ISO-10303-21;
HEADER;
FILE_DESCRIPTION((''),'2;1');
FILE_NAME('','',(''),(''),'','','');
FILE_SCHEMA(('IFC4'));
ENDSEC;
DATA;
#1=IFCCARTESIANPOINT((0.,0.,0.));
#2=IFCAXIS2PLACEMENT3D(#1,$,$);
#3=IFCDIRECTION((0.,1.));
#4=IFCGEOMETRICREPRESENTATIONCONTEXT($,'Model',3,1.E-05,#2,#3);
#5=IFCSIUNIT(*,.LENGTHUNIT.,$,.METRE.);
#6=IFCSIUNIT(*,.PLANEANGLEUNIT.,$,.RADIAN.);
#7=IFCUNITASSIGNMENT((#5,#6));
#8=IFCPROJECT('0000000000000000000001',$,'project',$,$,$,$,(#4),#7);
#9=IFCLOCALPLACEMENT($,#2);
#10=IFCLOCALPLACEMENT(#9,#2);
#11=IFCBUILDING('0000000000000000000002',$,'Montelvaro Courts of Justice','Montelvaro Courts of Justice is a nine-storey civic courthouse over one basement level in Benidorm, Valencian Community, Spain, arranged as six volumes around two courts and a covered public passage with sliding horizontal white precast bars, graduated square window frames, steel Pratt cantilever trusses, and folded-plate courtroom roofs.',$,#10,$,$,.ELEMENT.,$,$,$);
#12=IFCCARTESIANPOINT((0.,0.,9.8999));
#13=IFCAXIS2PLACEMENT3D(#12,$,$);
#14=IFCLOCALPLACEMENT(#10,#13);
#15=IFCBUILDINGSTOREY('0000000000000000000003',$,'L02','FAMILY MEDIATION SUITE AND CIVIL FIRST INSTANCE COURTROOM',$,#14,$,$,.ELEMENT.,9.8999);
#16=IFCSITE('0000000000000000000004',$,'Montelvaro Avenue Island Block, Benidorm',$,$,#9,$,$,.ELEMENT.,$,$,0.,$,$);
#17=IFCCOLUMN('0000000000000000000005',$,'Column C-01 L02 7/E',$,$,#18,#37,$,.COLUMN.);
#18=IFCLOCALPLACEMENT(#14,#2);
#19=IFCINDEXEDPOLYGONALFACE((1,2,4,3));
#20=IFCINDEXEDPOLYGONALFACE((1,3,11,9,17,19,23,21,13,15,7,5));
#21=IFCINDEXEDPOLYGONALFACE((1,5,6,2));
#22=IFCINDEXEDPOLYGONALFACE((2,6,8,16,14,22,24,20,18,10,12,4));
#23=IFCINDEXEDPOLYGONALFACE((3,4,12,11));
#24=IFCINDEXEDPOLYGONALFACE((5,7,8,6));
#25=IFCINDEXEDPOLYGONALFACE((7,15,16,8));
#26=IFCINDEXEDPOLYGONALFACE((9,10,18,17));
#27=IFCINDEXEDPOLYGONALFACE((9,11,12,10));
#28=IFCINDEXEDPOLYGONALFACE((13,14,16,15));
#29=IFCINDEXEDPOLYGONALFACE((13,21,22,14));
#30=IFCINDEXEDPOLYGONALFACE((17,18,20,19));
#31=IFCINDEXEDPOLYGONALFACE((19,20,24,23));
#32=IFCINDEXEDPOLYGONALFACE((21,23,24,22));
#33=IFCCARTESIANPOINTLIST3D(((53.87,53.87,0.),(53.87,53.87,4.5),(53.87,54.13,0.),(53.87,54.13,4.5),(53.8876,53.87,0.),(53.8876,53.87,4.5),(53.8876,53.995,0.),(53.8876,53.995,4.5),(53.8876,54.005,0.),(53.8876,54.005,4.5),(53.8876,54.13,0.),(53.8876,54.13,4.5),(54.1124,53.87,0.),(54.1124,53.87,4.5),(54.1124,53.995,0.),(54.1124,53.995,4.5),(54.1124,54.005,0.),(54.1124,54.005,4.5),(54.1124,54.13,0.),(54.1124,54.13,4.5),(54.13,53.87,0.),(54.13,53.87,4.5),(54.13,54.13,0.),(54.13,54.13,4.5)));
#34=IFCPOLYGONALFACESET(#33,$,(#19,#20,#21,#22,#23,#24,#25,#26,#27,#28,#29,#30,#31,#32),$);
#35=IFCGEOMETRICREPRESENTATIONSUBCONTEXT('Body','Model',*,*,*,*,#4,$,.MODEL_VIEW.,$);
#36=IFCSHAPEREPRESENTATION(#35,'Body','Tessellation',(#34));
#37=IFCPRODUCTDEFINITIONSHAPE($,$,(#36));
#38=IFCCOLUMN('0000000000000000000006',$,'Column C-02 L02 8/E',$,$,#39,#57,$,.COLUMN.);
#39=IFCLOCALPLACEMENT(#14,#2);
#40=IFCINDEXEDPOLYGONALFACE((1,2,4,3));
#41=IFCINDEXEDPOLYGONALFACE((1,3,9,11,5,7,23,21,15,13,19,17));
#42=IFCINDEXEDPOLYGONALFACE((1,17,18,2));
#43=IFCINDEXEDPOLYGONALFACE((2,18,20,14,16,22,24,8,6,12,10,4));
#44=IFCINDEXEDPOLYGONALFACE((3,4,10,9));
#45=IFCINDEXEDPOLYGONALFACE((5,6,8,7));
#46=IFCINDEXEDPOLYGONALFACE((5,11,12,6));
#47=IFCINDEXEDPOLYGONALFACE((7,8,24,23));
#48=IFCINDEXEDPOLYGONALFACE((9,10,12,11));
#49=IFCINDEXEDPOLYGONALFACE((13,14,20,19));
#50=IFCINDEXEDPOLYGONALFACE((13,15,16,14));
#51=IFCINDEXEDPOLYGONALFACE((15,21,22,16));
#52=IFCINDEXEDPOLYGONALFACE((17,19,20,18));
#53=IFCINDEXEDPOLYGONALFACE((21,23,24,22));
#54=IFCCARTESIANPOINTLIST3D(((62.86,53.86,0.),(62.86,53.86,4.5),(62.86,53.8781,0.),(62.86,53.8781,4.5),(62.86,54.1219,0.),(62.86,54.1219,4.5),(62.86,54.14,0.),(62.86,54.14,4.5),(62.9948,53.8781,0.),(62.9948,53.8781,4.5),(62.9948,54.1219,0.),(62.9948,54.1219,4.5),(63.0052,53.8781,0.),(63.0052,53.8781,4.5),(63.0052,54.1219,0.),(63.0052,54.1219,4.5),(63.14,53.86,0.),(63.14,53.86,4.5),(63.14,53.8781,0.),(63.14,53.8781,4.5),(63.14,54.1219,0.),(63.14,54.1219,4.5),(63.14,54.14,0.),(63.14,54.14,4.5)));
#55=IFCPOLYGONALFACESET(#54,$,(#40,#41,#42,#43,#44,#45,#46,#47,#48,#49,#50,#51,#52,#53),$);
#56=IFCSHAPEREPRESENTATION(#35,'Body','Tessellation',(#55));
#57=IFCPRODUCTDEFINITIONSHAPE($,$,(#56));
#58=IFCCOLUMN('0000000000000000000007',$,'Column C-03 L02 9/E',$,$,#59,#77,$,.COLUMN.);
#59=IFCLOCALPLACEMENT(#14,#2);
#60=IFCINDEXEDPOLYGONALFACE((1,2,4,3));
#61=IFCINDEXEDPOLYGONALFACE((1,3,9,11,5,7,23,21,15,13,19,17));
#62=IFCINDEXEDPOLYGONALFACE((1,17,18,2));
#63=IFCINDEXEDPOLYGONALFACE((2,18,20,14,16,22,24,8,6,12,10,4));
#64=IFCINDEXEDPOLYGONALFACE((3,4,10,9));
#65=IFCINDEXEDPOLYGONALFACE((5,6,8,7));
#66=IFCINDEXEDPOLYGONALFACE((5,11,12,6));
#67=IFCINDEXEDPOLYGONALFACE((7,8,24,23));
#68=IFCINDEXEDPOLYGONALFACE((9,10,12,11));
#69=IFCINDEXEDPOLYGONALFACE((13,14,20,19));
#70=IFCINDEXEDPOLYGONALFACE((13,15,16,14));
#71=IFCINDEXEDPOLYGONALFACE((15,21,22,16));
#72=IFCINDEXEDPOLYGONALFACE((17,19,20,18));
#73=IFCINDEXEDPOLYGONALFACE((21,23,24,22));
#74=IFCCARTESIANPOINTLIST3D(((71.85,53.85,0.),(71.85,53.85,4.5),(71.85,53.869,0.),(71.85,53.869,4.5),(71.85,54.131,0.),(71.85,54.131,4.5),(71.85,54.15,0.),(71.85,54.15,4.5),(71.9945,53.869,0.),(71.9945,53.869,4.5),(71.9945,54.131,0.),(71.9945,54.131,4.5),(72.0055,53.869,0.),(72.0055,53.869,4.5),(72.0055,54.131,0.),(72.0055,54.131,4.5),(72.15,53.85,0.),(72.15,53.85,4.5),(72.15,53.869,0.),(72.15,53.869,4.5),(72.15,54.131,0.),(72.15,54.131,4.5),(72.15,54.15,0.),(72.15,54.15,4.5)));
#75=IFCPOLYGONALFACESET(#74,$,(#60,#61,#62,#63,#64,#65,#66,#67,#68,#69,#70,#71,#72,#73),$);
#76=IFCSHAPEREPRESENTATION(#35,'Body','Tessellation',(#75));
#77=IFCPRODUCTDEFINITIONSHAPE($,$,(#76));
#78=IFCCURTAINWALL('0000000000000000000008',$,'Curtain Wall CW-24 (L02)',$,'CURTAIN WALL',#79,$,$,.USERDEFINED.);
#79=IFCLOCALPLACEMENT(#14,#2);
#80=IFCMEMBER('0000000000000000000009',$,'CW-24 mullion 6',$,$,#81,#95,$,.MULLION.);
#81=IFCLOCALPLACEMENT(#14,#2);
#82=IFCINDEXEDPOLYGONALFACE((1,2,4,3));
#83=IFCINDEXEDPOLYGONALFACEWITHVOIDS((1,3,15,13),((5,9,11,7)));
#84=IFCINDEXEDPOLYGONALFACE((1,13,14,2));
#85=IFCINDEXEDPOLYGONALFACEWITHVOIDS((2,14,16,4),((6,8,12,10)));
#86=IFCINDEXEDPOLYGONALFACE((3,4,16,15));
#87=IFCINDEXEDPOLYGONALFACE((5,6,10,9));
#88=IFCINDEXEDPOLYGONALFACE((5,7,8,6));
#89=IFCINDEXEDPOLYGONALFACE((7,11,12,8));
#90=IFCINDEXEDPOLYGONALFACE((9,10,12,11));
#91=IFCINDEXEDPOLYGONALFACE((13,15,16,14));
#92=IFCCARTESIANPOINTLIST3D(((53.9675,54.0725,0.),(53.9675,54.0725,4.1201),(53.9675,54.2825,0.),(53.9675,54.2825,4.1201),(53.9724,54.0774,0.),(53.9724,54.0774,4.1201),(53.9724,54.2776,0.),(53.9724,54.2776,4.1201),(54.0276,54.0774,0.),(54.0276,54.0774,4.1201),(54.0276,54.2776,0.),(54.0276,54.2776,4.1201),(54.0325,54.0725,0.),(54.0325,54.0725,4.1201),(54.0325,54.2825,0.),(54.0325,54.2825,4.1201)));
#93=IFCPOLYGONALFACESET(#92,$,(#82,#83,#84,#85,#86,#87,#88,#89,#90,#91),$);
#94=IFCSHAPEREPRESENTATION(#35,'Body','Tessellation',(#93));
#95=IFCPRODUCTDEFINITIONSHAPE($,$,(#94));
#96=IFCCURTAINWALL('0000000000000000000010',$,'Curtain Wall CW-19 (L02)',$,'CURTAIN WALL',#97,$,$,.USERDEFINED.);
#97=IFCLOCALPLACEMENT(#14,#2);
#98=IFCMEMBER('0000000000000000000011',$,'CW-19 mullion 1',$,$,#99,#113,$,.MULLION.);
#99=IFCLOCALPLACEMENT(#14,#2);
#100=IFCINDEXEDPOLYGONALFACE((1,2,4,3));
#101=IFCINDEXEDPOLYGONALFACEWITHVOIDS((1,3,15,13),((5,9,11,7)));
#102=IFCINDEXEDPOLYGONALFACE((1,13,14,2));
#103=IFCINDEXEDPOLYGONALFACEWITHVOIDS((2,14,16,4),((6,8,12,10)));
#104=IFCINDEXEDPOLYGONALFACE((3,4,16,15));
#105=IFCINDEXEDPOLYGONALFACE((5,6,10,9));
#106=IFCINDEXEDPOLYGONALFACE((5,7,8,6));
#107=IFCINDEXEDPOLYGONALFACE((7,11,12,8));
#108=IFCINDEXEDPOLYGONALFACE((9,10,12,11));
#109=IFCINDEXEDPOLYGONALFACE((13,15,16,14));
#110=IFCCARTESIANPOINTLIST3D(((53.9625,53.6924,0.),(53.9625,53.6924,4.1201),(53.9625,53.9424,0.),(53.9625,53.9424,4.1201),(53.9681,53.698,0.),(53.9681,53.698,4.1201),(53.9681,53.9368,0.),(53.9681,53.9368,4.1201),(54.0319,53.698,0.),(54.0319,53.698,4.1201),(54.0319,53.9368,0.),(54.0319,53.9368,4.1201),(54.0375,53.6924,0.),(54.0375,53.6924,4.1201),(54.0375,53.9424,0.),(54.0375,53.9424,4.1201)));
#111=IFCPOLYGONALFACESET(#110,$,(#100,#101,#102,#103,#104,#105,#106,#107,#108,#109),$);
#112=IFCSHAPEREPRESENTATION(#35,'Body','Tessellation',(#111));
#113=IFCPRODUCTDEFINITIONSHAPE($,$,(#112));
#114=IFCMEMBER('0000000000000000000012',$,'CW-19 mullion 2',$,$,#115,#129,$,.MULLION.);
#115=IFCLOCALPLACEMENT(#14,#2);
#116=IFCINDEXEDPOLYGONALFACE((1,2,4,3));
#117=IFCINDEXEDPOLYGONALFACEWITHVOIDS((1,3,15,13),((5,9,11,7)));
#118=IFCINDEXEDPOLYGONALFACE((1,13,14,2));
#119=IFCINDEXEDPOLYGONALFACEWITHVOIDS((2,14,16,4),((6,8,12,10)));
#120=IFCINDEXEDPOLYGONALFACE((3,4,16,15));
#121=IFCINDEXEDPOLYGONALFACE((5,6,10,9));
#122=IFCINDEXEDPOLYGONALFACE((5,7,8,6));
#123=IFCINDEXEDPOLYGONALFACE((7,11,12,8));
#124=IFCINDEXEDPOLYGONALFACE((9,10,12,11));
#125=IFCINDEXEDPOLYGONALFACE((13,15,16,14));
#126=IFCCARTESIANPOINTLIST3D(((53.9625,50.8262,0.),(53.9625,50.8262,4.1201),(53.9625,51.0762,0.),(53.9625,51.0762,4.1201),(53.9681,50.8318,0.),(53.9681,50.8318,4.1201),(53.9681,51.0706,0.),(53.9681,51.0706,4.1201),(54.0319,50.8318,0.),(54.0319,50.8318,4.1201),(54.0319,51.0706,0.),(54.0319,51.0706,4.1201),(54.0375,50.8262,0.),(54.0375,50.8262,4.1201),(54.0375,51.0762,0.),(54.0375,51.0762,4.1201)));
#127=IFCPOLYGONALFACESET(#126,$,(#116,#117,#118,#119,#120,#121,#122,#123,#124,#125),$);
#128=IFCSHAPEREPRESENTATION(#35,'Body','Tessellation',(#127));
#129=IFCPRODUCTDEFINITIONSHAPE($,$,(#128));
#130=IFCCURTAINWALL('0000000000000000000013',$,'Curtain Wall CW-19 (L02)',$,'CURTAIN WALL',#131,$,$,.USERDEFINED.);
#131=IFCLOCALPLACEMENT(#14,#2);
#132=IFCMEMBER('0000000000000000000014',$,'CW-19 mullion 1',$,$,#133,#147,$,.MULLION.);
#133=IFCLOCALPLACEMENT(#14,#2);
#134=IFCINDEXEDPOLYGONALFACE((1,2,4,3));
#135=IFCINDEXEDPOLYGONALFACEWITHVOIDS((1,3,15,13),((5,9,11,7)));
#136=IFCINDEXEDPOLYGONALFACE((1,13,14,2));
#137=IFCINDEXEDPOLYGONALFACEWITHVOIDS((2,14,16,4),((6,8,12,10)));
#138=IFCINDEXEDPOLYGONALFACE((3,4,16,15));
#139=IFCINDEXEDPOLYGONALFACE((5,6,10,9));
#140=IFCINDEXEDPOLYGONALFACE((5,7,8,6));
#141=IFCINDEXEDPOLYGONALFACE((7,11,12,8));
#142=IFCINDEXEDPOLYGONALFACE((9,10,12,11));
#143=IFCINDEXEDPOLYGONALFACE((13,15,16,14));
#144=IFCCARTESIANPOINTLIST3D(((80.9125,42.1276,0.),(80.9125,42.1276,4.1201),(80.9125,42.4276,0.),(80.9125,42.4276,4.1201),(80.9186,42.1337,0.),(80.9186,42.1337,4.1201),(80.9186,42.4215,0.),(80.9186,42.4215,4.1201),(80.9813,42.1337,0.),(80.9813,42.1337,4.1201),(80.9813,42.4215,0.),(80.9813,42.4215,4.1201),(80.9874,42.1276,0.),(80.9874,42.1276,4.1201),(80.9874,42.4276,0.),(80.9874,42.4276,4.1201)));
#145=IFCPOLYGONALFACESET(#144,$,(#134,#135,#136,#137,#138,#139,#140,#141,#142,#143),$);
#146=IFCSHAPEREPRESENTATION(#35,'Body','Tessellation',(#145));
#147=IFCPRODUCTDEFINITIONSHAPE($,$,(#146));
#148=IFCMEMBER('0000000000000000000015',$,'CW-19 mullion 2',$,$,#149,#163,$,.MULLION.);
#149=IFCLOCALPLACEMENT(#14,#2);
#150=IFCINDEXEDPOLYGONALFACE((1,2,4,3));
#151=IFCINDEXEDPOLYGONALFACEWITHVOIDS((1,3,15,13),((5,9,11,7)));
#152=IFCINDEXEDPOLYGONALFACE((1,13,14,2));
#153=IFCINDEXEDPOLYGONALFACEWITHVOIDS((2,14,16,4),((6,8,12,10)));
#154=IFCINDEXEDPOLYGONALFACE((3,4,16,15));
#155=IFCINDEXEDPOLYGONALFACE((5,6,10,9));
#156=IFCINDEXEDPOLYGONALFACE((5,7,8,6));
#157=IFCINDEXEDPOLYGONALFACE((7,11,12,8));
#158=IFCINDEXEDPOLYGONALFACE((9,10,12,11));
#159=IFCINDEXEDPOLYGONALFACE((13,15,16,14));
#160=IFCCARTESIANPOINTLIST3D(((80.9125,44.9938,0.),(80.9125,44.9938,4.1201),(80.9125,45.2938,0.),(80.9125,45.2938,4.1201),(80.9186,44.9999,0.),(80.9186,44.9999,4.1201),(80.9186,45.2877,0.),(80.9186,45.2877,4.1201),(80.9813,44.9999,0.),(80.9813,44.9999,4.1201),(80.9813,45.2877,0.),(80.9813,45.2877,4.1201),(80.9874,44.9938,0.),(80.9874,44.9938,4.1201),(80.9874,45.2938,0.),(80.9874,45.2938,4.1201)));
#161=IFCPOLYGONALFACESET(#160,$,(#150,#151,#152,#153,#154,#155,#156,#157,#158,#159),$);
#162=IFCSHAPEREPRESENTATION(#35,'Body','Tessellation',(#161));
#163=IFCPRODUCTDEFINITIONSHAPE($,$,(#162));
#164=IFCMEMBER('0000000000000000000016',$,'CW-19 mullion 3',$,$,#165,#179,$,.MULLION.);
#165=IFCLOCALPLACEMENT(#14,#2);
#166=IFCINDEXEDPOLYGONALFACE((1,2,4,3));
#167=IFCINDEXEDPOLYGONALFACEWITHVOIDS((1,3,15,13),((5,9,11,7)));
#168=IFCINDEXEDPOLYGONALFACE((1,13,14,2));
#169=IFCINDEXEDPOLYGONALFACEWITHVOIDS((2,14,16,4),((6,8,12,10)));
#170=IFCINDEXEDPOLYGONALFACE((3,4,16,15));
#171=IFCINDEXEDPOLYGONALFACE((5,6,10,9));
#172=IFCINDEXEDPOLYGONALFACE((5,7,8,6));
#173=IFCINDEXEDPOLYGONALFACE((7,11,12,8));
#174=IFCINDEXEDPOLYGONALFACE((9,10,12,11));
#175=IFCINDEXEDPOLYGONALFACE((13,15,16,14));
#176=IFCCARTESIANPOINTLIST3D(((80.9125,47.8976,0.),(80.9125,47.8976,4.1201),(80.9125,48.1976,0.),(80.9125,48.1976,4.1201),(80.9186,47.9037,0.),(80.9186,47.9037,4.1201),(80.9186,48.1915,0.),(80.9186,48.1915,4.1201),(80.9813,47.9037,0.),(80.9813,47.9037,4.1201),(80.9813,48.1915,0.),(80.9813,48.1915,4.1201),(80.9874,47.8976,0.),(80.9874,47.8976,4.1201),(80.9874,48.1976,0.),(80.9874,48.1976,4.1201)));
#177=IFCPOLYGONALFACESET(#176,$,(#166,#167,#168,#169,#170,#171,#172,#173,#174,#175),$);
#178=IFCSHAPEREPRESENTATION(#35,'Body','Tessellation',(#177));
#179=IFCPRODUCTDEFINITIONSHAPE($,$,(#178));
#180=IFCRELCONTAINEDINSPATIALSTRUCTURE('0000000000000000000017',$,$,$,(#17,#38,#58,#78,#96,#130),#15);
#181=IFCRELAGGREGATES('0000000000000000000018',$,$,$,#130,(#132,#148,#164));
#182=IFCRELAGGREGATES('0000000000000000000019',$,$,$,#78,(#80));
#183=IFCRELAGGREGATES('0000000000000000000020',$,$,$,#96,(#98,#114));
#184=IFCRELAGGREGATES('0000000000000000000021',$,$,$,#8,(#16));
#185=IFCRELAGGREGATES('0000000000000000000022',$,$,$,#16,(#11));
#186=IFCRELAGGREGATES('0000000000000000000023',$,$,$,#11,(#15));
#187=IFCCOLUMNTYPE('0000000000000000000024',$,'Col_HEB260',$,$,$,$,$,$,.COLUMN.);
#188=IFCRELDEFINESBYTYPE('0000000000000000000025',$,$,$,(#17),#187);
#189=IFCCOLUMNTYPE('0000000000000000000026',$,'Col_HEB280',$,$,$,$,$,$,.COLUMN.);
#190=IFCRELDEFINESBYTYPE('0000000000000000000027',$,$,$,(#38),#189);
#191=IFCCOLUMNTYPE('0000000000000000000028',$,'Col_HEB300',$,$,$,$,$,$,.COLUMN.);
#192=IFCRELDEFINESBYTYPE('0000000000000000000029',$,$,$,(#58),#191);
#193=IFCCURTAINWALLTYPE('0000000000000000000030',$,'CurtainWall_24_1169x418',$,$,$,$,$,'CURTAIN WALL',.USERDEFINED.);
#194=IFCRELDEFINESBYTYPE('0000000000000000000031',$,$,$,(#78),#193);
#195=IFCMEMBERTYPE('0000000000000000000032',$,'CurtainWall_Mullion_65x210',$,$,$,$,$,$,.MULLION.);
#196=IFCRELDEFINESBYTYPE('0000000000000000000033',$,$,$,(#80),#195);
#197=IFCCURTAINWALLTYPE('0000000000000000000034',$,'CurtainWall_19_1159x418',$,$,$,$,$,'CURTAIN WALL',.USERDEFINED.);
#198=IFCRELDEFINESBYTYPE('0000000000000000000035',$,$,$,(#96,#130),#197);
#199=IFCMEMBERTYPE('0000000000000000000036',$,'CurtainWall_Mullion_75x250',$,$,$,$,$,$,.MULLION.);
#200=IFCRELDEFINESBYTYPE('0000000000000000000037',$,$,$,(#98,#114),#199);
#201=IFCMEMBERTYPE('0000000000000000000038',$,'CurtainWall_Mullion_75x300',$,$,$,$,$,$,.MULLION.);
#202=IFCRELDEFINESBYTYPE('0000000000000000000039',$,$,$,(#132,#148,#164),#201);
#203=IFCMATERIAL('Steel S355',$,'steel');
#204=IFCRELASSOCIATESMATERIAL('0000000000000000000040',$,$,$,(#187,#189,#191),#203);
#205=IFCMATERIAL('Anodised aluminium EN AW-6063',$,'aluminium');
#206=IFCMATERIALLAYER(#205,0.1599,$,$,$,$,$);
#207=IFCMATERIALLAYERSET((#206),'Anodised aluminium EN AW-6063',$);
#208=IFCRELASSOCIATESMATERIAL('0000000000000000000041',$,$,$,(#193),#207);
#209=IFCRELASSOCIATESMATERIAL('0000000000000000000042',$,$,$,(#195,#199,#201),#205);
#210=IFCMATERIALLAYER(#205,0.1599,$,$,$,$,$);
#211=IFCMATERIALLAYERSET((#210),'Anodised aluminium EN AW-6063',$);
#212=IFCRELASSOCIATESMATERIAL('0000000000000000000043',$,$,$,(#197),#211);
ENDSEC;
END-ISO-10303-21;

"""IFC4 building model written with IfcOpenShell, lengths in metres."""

from ifc_helpers import new_model, si_unit, direction, frame, origin, origin_2d, place, context, subcontext, project, spatial, hollow_rectangle, i_section, extrude, material, layer, layer_set, material_profile, profile_set, type_object, element, aggregate, save


model = new_model("IFC4")

# Units and contexts
model_context = context("Model", 3, precision=1e-05, world=origin(), true_north=direction((0.0, 1.0)))
body_context = subcontext(model_context, "Body", "Model", "MODEL_VIEW")
ifc_project = project(units=[si_unit("LENGTHUNIT", "METRE"), si_unit("PLANEANGLEUNIT", "RADIAN")], contexts=[model_context])

# Site, building, storey
site_placement = place(None, origin())
site = spatial("IfcSite", under=ifc_project, at=site_placement, Name="Montelvaro Avenue Island Block, Benidorm", CompositionType="ELEMENT", RefElevation=0.0)
building_placement = place(site_placement, origin())
building = spatial("IfcBuilding", under=site, at=building_placement, Name="Montelvaro Courts of Justice", Description="Montelvaro Courts of Justice is a nine-storey civic courthouse over one basement level in Benidorm, Valencian Community, Spain, arranged as six volumes around two courts and a covered public passage with sliding horizontal white precast bars, graduated square window frames, steel Pratt cantilever trusses, and folded-plate courtroom roofs.", CompositionType="ELEMENT")
storey_placement = place(building_placement, frame((0.0, 0.0, 9.8999)))
storey = spatial("IfcBuildingStorey", under=building, at=storey_placement, Name="L02", Description="FAMILY MEDIATION SUITE AND CIVIL FIRST INSTANCE COURTROOM", CompositionType="ELEMENT", Elevation=9.8999)

# Columns
ifc_material_1 = material(Name="Steel S355", Category="steel")
ifc_material_profile_1 = material_profile(ifc_material_1, i_section(OverallWidth=0.26, OverallDepth=0.26, WebThickness=0.01, FlangeThickness=0.0176, at=origin_2d()), Name="HEB 260")
ifc_profile_set_1 = profile_set([ifc_material_profile_1], Name="Steel S355")
column_type_1 = type_object("IfcColumnType", Name="Col_HEB260", PredefinedType="COLUMN", material=ifc_profile_set_1)
column_1_placement = place(storey_placement, frame((54.0, 54.0, 0.0), z_axis=(0.0, 0.0, 1.0), x_axis=(0.0, 1.0, 0.0)))
element("IfcColumn", 1, at=column_1_placement, inside=storey, type_object=column_type_1, Name="Column C-01 L02 7/E", PredefinedType="COLUMN", context=body_context, shape_type="SweptSolid", body=[
    extrude(i_section(OverallWidth=0.26, OverallDepth=0.26, WebThickness=0.01, FlangeThickness=0.0176, at=origin_2d()), origin(), (0.0, 0.0, 1.0), 4.5),
])
ifc_material_profile_2 = material_profile(ifc_material_1, i_section(OverallWidth=0.28, OverallDepth=0.28, WebThickness=0.0105, FlangeThickness=0.0181, at=origin_2d()), Name="HEB 280")
ifc_profile_set_2 = profile_set([ifc_material_profile_2], Name="Steel S355")
column_type_2 = type_object("IfcColumnType", Name="Col_HEB280", PredefinedType="COLUMN", material=ifc_profile_set_2)
column_2_placement = place(storey_placement, frame((63.0, 54.0, 0.0), z_axis=(0.0, 0.0, 1.0), x_axis=(1.0, 0.0, 0.0)))
element("IfcColumn", 2, at=column_2_placement, inside=storey, type_object=column_type_2, Name="Column C-02 L02 8/E", PredefinedType="COLUMN", context=body_context, shape_type="SweptSolid", body=[
    extrude(i_section(OverallWidth=0.28, OverallDepth=0.28, WebThickness=0.0105, FlangeThickness=0.0181, at=origin_2d()), origin(), (0.0, 0.0, 1.0), 4.5),
])
ifc_material_profile_3 = material_profile(ifc_material_1, i_section(OverallWidth=0.3, OverallDepth=0.3, WebThickness=0.011, FlangeThickness=0.019, at=origin_2d()), Name="HEB 300")
ifc_profile_set_3 = profile_set([ifc_material_profile_3], Name="Steel S355")
column_type_3 = type_object("IfcColumnType", Name="Col_HEB300", PredefinedType="COLUMN", material=ifc_profile_set_3)
column_3_placement = place(storey_placement, frame((72.0, 54.0, 0.0), z_axis=(0.0, 0.0, 1.0), x_axis=(1.0, 0.0, 0.0)))
element("IfcColumn", 3, at=column_3_placement, inside=storey, type_object=column_type_3, Name="Column C-03 L02 9/E", PredefinedType="COLUMN", context=body_context, shape_type="SweptSolid", body=[
    extrude(i_section(OverallWidth=0.3, OverallDepth=0.3, WebThickness=0.011, FlangeThickness=0.019, at=origin_2d()), origin(), (0.0, 0.0, 1.0), 4.5),
])

# Curtain wall, member
ifc_material_2 = material(Name="Anodised aluminium EN AW-6063", Category="aluminium")
ifc_layer_1 = layer(ifc_material_2, 0.1599)
ifc_layer_set_1 = layer_set([ifc_layer_1], Name="Anodised aluminium EN AW-6063")
curtain_wall_type_1 = type_object("IfcCurtainWallType", Name="CurtainWall_24_1169x418", ElementType="CURTAIN WALL", PredefinedType="USERDEFINED", material=ifc_layer_set_1)
curtain_wall_1_placement = place(storey_placement, origin())
curtain_wall_1 = element("IfcCurtainWall", 4, at=curtain_wall_1_placement, inside=storey, type_object=curtain_wall_type_1, Name="Curtain Wall CW-24 (L02)", ObjectType="CURTAIN WALL", PredefinedType="USERDEFINED")
ifc_material_profile_4 = material_profile(ifc_material_2, hollow_rectangle(XDim=0.0649, YDim=0.21, WallThickness=0.0049, at=origin_2d()), Name="ALU-M 65x210")
ifc_profile_set_4 = profile_set([ifc_material_profile_4], Name="Anodised aluminium EN AW-6063")
member_type_1 = type_object("IfcMemberType", Name="CurtainWall_Mullion_65x210", PredefinedType="MULLION", material=ifc_profile_set_4)
member_1_placement = place(storey_placement, frame((54.0, 54.1775, 0.0), z_axis=(0.0, 0.0, 1.0), x_axis=(1.0, 0.0, 0.0)))
member_1 = element("IfcMember", 5, at=member_1_placement, type_object=member_type_1, Name="CW-24 mullion 6", PredefinedType="MULLION", context=body_context, shape_type="SweptSolid", body=[
    extrude(hollow_rectangle(XDim=0.0649, YDim=0.21, WallThickness=0.0049, at=origin_2d()), origin(), (0.0, 0.0, 1.0), 4.1201),
])

# Curtain walls, members
ifc_layer_2 = layer(ifc_material_2, 0.1599)
ifc_layer_set_2 = layer_set([ifc_layer_2], Name="Anodised aluminium EN AW-6063")
curtain_wall_type_2 = type_object("IfcCurtainWallType", Name="CurtainWall_19_1159x418", ElementType="CURTAIN WALL", PredefinedType="USERDEFINED", material=ifc_layer_set_2)
curtain_wall_2_placement = place(storey_placement, origin())
curtain_wall_2 = element("IfcCurtainWall", 6, at=curtain_wall_2_placement, inside=storey, type_object=curtain_wall_type_2, Name="Curtain Wall CW-19 (L02)", ObjectType="CURTAIN WALL", PredefinedType="USERDEFINED")
ifc_material_profile_5 = material_profile(ifc_material_2, hollow_rectangle(XDim=0.075, YDim=0.25, WallThickness=0.0056, at=origin_2d()), Name="ALU-M 75x250")
ifc_profile_set_5 = profile_set([ifc_material_profile_5], Name="Anodised aluminium EN AW-6063")
member_type_2 = type_object("IfcMemberType", Name="CurtainWall_Mullion_75x250", PredefinedType="MULLION", material=ifc_profile_set_5)
member_2_placement = place(storey_placement, frame((54.0, 53.8174, 0.0), z_axis=(0.0, 0.0, 1.0), x_axis=(1.0, 0.0, 0.0)))
member_2 = element("IfcMember", 7, at=member_2_placement, type_object=member_type_2, Name="CW-19 mullion 1", PredefinedType="MULLION", context=body_context, shape_type="SweptSolid", body=[
    extrude(hollow_rectangle(XDim=0.075, YDim=0.25, WallThickness=0.0056, at=origin_2d()), origin(), (0.0, 0.0, 1.0), 4.1201),
])
member_3_placement = place(storey_placement, frame((54.0, 50.9512, 0.0), z_axis=(0.0, 0.0, 1.0), x_axis=(1.0, 0.0, 0.0)))
member_3 = element("IfcMember", 8, at=member_3_placement, type_object=member_type_2, Name="CW-19 mullion 2", PredefinedType="MULLION", context=body_context, shape_type="SweptSolid", body=[
    extrude(hollow_rectangle(XDim=0.075, YDim=0.25, WallThickness=0.0056, at=origin_2d()), origin(), (0.0, 0.0, 1.0), 4.1201),
])
curtain_wall_3_placement = place(storey_placement, origin())
curtain_wall_3 = element("IfcCurtainWall", 9, at=curtain_wall_3_placement, inside=storey, type_object=curtain_wall_type_2, Name="Curtain Wall CW-19 (L02)", ObjectType="CURTAIN WALL", PredefinedType="USERDEFINED")
ifc_material_profile_6 = material_profile(ifc_material_2, hollow_rectangle(XDim=0.075, YDim=0.3, WallThickness=0.0061, at=origin_2d()), Name="ALU-M 75x300")
ifc_profile_set_6 = profile_set([ifc_material_profile_6], Name="Anodised aluminium EN AW-6063")
member_type_3 = type_object("IfcMemberType", Name="CurtainWall_Mullion_75x300", PredefinedType="MULLION", material=ifc_profile_set_6)
member_4_placement = place(storey_placement, frame((80.95, 42.2776, 0.0), z_axis=(0.0, 0.0, 1.0), x_axis=(-1.0, 0.0, 0.0)))
member_4 = element("IfcMember", 10, at=member_4_placement, type_object=member_type_3, Name="CW-19 mullion 1", PredefinedType="MULLION", context=body_context, shape_type="SweptSolid", body=[
    extrude(hollow_rectangle(XDim=0.075, YDim=0.3, WallThickness=0.0061, at=origin_2d()), origin(), (0.0, 0.0, 1.0), 4.1201),
])
member_5_placement = place(storey_placement, frame((80.95, 45.1438, 0.0), z_axis=(0.0, 0.0, 1.0), x_axis=(-1.0, 0.0, 0.0)))
member_5 = element("IfcMember", 11, at=member_5_placement, type_object=member_type_3, Name="CW-19 mullion 2", PredefinedType="MULLION", context=body_context, shape_type="SweptSolid", body=[
    extrude(hollow_rectangle(XDim=0.075, YDim=0.3, WallThickness=0.0061, at=origin_2d()), origin(), (0.0, 0.0, 1.0), 4.1201),
])
member_6_placement = place(storey_placement, frame((80.95, 48.0476, 0.0), z_axis=(0.0, 0.0, 1.0), x_axis=(-1.0, 0.0, 0.0)))
member_6 = element("IfcMember", 12, at=member_6_placement, type_object=member_type_3, Name="CW-19 mullion 3", PredefinedType="MULLION", context=body_context, shape_type="SweptSolid", body=[
    extrude(hollow_rectangle(XDim=0.075, YDim=0.3, WallThickness=0.0061, at=origin_2d()), origin(), (0.0, 0.0, 1.0), 4.1201),
])

aggregate(curtain_wall_3, [member_4, member_5, member_6])
aggregate(curtain_wall_1, [member_1])
aggregate(curtain_wall_2, [member_2, member_3])

save(model, "model.ifc")
